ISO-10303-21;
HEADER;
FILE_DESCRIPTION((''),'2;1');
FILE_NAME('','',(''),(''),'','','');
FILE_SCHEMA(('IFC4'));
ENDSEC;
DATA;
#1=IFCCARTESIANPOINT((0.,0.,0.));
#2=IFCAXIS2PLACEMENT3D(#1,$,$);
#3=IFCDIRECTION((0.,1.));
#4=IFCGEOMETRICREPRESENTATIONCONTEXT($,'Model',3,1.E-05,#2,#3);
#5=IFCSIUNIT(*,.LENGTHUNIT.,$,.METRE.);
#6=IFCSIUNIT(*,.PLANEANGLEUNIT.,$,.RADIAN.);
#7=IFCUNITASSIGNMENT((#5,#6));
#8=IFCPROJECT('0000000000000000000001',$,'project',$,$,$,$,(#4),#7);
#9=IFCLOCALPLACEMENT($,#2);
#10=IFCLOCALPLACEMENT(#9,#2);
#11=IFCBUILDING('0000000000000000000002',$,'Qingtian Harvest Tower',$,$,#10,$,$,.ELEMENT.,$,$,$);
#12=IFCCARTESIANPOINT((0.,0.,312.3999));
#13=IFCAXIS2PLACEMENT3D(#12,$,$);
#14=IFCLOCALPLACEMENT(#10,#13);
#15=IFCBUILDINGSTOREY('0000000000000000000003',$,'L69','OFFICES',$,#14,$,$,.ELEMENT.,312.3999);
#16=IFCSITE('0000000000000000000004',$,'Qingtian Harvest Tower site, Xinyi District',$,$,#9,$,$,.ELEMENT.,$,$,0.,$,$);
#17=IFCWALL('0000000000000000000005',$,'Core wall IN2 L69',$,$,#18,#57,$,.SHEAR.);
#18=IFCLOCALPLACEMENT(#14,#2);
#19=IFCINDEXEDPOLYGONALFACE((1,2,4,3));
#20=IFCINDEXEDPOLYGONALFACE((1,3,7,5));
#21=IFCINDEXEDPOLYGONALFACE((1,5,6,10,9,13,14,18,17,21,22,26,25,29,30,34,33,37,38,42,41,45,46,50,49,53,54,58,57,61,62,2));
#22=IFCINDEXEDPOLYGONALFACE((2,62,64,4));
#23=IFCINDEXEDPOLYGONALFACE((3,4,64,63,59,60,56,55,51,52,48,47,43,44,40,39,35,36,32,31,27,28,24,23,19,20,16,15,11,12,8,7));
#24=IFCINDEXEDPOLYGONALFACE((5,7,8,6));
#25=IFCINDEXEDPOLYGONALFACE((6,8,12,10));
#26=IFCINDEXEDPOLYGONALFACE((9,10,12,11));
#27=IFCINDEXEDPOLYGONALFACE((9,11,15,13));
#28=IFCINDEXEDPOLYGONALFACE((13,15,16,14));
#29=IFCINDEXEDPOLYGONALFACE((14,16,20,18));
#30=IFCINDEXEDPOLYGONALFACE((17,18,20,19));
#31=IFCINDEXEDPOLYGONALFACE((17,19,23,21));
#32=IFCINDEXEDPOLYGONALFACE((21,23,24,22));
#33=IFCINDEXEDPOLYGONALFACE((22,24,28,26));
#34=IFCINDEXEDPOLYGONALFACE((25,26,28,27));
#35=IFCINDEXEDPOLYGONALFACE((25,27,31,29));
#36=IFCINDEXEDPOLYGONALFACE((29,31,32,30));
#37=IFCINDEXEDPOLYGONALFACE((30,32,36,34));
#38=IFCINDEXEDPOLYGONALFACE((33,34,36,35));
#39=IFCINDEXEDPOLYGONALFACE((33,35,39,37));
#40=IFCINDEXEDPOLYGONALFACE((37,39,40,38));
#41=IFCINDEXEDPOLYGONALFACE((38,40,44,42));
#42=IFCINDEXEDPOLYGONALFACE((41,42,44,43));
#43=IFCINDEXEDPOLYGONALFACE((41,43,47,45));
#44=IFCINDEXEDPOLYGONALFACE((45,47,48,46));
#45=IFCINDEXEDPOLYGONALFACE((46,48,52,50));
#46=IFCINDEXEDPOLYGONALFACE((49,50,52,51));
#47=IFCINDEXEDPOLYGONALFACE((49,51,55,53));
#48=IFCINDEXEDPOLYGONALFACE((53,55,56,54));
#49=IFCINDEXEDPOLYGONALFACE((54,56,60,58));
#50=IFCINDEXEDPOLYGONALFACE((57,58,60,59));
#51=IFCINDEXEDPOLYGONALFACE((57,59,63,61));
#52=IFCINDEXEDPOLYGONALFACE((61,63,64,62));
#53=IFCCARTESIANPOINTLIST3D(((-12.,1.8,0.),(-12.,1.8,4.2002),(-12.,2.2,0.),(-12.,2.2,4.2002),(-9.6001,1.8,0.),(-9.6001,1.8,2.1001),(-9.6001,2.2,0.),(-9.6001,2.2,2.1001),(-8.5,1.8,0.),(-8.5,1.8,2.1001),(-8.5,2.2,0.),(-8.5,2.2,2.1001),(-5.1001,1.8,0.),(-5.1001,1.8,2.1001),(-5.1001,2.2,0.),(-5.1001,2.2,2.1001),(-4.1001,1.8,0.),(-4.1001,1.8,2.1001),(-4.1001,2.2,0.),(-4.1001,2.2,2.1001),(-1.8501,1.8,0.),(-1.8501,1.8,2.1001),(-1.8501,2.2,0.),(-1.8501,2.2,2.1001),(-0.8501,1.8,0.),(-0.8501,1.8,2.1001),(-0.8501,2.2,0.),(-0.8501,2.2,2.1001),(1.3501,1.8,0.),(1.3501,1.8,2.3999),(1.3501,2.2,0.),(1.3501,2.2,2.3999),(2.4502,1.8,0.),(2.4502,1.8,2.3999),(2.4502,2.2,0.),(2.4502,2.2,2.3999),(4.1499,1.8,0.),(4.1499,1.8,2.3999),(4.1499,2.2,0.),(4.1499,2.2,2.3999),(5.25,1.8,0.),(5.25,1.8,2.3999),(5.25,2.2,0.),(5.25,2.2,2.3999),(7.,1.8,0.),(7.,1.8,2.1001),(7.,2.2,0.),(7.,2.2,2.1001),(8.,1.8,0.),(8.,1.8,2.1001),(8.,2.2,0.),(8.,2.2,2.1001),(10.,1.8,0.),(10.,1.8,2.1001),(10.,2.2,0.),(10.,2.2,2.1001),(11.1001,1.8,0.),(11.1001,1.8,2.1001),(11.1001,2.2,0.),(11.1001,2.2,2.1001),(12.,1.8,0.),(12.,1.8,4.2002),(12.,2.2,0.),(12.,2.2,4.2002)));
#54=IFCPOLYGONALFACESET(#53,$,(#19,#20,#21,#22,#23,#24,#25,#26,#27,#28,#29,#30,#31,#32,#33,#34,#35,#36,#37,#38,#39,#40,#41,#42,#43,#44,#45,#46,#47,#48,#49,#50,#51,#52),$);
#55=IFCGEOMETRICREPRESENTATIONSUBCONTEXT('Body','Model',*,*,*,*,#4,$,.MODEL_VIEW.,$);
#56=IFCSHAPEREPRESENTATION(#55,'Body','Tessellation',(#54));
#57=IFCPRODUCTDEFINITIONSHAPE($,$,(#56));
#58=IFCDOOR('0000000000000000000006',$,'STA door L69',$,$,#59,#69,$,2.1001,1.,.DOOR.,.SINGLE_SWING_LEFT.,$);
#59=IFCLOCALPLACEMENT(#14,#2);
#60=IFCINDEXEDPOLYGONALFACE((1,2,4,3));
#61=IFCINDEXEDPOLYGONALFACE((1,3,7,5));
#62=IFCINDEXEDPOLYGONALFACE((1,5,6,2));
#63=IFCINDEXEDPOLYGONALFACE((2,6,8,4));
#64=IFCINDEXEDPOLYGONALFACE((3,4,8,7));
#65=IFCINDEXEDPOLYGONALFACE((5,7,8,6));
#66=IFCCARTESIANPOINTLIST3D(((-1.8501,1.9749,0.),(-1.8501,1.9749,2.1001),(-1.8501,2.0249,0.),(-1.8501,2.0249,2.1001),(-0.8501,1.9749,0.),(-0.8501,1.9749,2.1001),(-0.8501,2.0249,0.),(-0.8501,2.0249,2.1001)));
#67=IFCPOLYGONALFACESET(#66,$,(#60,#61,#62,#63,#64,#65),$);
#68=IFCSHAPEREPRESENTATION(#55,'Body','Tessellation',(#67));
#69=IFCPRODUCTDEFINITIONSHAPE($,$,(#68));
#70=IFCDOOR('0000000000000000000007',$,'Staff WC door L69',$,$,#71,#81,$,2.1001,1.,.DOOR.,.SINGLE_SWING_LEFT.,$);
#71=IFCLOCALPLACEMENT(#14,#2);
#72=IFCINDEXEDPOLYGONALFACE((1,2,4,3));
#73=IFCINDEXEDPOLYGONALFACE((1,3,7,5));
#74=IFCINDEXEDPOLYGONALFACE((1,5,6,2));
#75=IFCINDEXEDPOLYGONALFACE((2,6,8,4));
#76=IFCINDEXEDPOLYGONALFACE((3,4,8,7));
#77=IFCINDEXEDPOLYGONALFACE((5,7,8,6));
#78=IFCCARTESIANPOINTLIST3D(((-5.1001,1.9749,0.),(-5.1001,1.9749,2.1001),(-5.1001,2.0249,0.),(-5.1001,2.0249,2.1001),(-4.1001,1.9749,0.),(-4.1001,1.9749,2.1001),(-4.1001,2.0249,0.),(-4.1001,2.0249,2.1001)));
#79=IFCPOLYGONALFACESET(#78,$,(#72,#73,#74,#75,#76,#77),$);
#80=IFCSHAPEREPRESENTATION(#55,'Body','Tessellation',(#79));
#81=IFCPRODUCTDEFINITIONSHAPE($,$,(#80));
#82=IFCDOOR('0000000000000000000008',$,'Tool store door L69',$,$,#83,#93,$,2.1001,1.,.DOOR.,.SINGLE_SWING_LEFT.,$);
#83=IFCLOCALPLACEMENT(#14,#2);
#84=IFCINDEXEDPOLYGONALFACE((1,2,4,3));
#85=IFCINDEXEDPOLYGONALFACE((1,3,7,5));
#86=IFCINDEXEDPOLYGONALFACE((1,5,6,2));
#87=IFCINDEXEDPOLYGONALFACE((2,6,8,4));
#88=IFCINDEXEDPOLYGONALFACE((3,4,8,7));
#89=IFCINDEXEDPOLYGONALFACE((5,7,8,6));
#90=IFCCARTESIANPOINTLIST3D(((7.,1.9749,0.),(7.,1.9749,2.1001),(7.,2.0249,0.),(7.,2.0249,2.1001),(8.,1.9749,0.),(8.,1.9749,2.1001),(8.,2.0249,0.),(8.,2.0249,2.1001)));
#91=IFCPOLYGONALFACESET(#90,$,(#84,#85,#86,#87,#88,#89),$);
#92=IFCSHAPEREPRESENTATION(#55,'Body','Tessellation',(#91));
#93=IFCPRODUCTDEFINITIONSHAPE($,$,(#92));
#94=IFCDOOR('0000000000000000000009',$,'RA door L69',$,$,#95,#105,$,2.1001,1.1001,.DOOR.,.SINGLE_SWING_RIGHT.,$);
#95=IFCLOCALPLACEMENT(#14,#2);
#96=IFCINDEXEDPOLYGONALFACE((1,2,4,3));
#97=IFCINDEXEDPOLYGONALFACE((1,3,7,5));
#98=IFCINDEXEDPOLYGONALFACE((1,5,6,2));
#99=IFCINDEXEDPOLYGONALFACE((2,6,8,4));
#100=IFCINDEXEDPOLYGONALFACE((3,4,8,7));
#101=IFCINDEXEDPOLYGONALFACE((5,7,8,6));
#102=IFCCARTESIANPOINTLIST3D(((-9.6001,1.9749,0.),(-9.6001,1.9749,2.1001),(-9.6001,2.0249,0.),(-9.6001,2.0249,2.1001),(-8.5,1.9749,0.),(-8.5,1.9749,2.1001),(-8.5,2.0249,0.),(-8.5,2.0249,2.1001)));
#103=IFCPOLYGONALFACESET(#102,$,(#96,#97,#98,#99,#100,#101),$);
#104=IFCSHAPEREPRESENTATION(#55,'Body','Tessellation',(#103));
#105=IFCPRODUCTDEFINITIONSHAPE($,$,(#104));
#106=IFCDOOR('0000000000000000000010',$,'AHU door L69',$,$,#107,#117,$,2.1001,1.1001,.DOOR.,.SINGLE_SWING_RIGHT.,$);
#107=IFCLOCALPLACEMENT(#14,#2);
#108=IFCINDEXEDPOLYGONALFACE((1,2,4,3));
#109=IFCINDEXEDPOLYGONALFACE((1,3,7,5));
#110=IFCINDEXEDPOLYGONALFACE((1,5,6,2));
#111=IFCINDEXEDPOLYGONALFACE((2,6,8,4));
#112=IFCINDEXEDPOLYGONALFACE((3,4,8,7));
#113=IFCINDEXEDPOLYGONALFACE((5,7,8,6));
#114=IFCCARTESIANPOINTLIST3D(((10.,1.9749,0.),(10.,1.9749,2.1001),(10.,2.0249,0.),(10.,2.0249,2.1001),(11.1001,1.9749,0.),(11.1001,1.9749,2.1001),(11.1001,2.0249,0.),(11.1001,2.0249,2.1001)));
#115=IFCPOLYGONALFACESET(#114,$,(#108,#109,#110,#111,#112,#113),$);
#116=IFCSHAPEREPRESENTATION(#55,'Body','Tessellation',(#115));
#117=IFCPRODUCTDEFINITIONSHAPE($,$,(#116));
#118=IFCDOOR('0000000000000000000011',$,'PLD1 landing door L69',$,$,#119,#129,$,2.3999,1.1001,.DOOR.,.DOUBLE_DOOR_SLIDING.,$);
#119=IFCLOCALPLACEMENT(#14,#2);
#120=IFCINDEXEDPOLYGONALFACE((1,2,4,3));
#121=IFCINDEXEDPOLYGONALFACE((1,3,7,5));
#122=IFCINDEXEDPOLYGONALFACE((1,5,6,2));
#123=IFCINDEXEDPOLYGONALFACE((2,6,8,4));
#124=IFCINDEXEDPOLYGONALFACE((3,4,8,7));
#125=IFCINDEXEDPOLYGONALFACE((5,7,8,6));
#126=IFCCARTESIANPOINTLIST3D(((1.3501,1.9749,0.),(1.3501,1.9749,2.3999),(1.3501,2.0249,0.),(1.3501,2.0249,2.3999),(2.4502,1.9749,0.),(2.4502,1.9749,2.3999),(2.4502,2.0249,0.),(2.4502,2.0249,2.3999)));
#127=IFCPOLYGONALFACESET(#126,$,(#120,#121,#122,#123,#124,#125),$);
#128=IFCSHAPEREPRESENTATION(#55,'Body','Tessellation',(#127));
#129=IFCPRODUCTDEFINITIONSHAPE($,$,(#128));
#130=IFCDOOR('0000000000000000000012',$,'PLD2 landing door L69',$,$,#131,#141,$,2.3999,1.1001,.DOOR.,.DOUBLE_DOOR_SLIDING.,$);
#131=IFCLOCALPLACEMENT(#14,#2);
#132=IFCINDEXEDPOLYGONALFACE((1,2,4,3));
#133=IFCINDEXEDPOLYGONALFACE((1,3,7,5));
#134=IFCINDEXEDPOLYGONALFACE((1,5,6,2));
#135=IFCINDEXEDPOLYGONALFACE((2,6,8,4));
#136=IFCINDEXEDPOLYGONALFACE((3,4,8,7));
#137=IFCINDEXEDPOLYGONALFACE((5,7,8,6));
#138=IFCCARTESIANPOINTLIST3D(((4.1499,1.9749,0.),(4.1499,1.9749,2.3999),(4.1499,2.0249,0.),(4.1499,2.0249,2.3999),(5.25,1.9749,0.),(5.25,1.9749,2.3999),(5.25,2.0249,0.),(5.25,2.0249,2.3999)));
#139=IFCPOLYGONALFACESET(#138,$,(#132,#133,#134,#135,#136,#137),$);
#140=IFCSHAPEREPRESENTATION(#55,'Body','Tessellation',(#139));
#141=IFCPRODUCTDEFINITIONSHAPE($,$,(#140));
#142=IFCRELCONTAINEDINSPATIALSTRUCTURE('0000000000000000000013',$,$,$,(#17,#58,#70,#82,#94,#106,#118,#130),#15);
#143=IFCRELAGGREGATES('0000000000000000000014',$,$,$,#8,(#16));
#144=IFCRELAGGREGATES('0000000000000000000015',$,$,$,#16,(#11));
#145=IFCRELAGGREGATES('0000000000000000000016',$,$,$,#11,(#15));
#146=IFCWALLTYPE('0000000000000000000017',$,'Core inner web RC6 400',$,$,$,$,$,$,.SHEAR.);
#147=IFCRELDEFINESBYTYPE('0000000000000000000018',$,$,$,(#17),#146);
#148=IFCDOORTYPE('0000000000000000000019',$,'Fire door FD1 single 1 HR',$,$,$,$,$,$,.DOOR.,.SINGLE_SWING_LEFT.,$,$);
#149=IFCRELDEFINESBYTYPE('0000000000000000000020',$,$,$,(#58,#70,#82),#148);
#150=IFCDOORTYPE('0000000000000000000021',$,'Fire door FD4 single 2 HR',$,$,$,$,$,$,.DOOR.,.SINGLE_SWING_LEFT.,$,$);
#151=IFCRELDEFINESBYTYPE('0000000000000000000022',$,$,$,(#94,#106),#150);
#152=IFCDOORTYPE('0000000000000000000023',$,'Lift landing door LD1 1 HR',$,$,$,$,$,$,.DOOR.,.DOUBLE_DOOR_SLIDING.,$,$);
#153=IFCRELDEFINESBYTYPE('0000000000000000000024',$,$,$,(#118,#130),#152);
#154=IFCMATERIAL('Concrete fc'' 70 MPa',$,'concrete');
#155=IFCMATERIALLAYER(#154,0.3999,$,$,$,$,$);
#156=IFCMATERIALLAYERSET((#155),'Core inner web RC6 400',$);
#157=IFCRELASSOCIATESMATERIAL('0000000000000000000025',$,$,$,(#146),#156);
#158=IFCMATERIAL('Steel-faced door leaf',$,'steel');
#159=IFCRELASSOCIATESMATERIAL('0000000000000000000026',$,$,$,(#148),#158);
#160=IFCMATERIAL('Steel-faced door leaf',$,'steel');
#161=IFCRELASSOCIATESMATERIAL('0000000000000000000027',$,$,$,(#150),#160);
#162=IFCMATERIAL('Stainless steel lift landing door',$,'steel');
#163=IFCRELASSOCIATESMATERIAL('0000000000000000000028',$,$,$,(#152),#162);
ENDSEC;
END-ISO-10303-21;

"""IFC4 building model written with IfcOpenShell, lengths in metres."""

from ifc_helpers import new_model, si_unit, direction, frame, frame_2d, origin, place, context, subcontext, project, spatial, rectangle, extrude, material, layer, layer_set, type_object, element, fill, save


model = new_model("IFC4")

# Units and contexts
model_context = context("Model", 3, precision=1e-05, world=origin(), true_north=direction((0.0, 1.0)))
body_context = subcontext(model_context, "Body", "Model", "MODEL_VIEW")
ifc_project = project(units=[si_unit("LENGTHUNIT", "METRE"), si_unit("PLANEANGLEUNIT", "RADIAN")], contexts=[model_context])

# Site, building, storey
site_placement = place(None, origin())
site = spatial("IfcSite", under=ifc_project, at=site_placement, Name="Qingtian Harvest Tower site, Xinyi District", CompositionType="ELEMENT", RefElevation=0.0)
building_placement = place(site_placement, origin())
building = spatial("IfcBuilding", under=site, at=building_placement, Name="Qingtian Harvest Tower", CompositionType="ELEMENT")
storey_placement = place(building_placement, frame((0.0, 0.0, 312.3999)))
storey = spatial("IfcBuildingStorey", under=building, at=storey_placement, Name="L69", Description="OFFICES", CompositionType="ELEMENT", Elevation=312.3999)

# Wall, openings, doors
ifc_material_1 = material(Name="Concrete fc' 70 MPa", Category="concrete")
ifc_layer_1 = layer(ifc_material_1, 0.3999)
ifc_layer_set_1 = layer_set([ifc_layer_1], Name="Core inner web RC6 400")
wall_type = type_object("IfcWallType", Name="Core inner web RC6 400", PredefinedType="SHEAR", material=ifc_layer_set_1)
wall_placement = place(storey_placement, frame((-12.0, 2.0, 0.0), z_axis=(0.0, 0.0, 1.0), x_axis=(1.0, 0.0, 0.0)))
wall = element("IfcWall", 1, at=wall_placement, inside=storey, type_object=wall_type, Name="Core wall IN2 L69", PredefinedType="SHEAR", context=body_context, shape_type="SweptSolid", body=[
    extrude(rectangle(XDim=24.0, YDim=0.3999, at=frame_2d((12.0, 0.0))), origin(), (0.0, 0.0, 1.0), 4.2002),
])
opening_1_placement = place(wall_placement, frame((2.3999, 0.0, 0.0)))
opening_1 = element("IfcOpeningElement", 2, at=opening_1_placement, cuts=wall, PredefinedType="OPENING", context=body_context, shape_type="SweptSolid", body=[
    extrude(rectangle(XDim=1.1001, YDim=2.1001, at=frame_2d((0.55, 1.05))), frame((0.0, 0.21, 0.0), z_axis=(0.0, -1.0, 0.0), x_axis=(1.0, 0.0, 0.0)), (0.0, 0.0, 1.0), 0.4199),
])
opening_2_placement = place(wall_placement, frame((22.0, 0.0, 0.0)))
opening_2 = element("IfcOpeningElement", 3, at=opening_2_placement, cuts=wall, PredefinedType="OPENING", context=body_context, shape_type="SweptSolid", body=[
    extrude(rectangle(XDim=1.1001, YDim=2.1001, at=frame_2d((0.55, 1.05))), frame((0.0, 0.21, 0.0), z_axis=(0.0, -1.0, 0.0), x_axis=(1.0, 0.0, 0.0)), (0.0, 0.0, 1.0), 0.4199),
])
opening_3_placement = place(wall_placement, frame((10.1499, 0.0, 0.0)))
opening_3 = element("IfcOpeningElement", 4, at=opening_3_placement, cuts=wall, PredefinedType="OPENING", context=body_context, shape_type="SweptSolid", body=[
    extrude(rectangle(XDim=1.0, YDim=2.1001, at=frame_2d((0.5, 1.05))), frame((0.0, 0.21, 0.0), z_axis=(0.0, -1.0, 0.0), x_axis=(1.0, 0.0, 0.0)), (0.0, 0.0, 1.0), 0.4199),
])
opening_4_placement = place(wall_placement, frame((6.8999, 0.0, 0.0)))
opening_4 = element("IfcOpeningElement", 5, at=opening_4_placement, cuts=wall, PredefinedType="OPENING", context=body_context, shape_type="SweptSolid", body=[
    extrude(rectangle(XDim=1.0, YDim=2.1001, at=frame_2d((0.5, 1.05))), frame((0.0, 0.21, 0.0), z_axis=(0.0, -1.0, 0.0), x_axis=(1.0, 0.0, 0.0)), (0.0, 0.0, 1.0), 0.4199),
])
opening_5_placement = place(wall_placement, frame((13.3501, 0.0, 0.0)))
opening_5 = element("IfcOpeningElement", 6, at=opening_5_placement, cuts=wall, PredefinedType="OPENING", context=body_context, shape_type="SweptSolid", body=[
    extrude(rectangle(XDim=1.1001, YDim=2.3999, at=frame_2d((0.55, 1.2))), frame((0.0, 0.21, 0.0), z_axis=(0.0, -1.0, 0.0), x_axis=(1.0, 0.0, 0.0)), (0.0, 0.0, 1.0), 0.4199),
])
opening_6_placement = place(wall_placement, frame((16.1499, 0.0, 0.0)))
opening_6 = element("IfcOpeningElement", 7, at=opening_6_placement, cuts=wall, PredefinedType="OPENING", context=body_context, shape_type="SweptSolid", body=[
    extrude(rectangle(XDim=1.1001, YDim=2.3999, at=frame_2d((0.55, 1.2))), frame((0.0, 0.21, 0.0), z_axis=(0.0, -1.0, 0.0), x_axis=(1.0, 0.0, 0.0)), (0.0, 0.0, 1.0), 0.4199),
])
opening_7_placement = place(wall_placement, frame((19.0, 0.0, 0.0)))
opening_7 = element("IfcOpeningElement", 8, at=opening_7_placement, cuts=wall, PredefinedType="OPENING", context=body_context, shape_type="SweptSolid", body=[
    extrude(rectangle(XDim=1.0, YDim=2.1001, at=frame_2d((0.5, 1.05))), frame((0.0, 0.21, 0.0), z_axis=(0.0, -1.0, 0.0), x_axis=(1.0, 0.0, 0.0)), (0.0, 0.0, 1.0), 0.4199),
])
ifc_material_2 = material(Name="Steel-faced door leaf", Category="steel")
door_type_1 = type_object("IfcDoorType", Name="Fire door FD1 single 1 HR", OperationType="SINGLE_SWING_LEFT", PredefinedType="DOOR", material=ifc_material_2)
door_1_placement = place(opening_3_placement, origin())
door_1 = element("IfcDoor", 9, at=door_1_placement, inside=storey, type_object=door_type_1, Name="STA door L69", OperationType="SINGLE_SWING_LEFT", OverallHeight=2.1001, OverallWidth=1.0, PredefinedType="DOOR", context=body_context, shape_type="SweptSolid", body=[
    extrude(rectangle(XDim=1.0, YDim=2.1001, at=frame_2d((0.5, 1.05))), frame((0.0, 0.0249, 0.0), z_axis=(0.0, -1.0, 0.0), x_axis=(1.0, 0.0, 0.0)), (0.0, 0.0, 1.0), 0.05),
])
fill(opening_3, door_1)
door_2_placement = place(opening_4_placement, origin())
door_2 = element("IfcDoor", 10, at=door_2_placement, inside=storey, type_object=door_type_1, Name="Staff WC door L69", OperationType="SINGLE_SWING_LEFT", OverallHeight=2.1001, OverallWidth=1.0, PredefinedType="DOOR", context=body_context, shape_type="SweptSolid", body=[
    extrude(rectangle(XDim=1.0, YDim=2.1001, at=frame_2d((0.5, 1.05))), frame((0.0, 0.0249, 0.0), z_axis=(0.0, -1.0, 0.0), x_axis=(1.0, 0.0, 0.0)), (0.0, 0.0, 1.0), 0.05),
])
fill(opening_4, door_2)
door_3_placement = place(opening_7_placement, origin())
door_3 = element("IfcDoor", 11, at=door_3_placement, inside=storey, type_object=door_type_1, Name="Tool store door L69", OperationType="SINGLE_SWING_LEFT", OverallHeight=2.1001, OverallWidth=1.0, PredefinedType="DOOR", context=body_context, shape_type="SweptSolid", body=[
    extrude(rectangle(XDim=1.0, YDim=2.1001, at=frame_2d((0.5, 1.05))), frame((0.0, 0.0249, 0.0), z_axis=(0.0, -1.0, 0.0), x_axis=(1.0, 0.0, 0.0)), (0.0, 0.0, 1.0), 0.05),
])
fill(opening_7, door_3)
ifc_material_3 = material(Name="Steel-faced door leaf", Category="steel")
door_type_2 = type_object("IfcDoorType", Name="Fire door FD4 single 2 HR", OperationType="SINGLE_SWING_LEFT", PredefinedType="DOOR", material=ifc_material_3)
door_4_placement = place(opening_1_placement, origin())
door_4 = element("IfcDoor", 12, at=door_4_placement, inside=storey, type_object=door_type_2, Name="RA door L69", OperationType="SINGLE_SWING_RIGHT", OverallHeight=2.1001, OverallWidth=1.1001, PredefinedType="DOOR", context=body_context, shape_type="SweptSolid", body=[
    extrude(rectangle(XDim=1.1001, YDim=2.1001, at=frame_2d((0.55, 1.05))), frame((0.0, 0.0249, 0.0), z_axis=(0.0, -1.0, 0.0), x_axis=(1.0, 0.0, 0.0)), (0.0, 0.0, 1.0), 0.05),
])
fill(opening_1, door_4)
door_5_placement = place(opening_2_placement, origin())
door_5 = element("IfcDoor", 13, at=door_5_placement, inside=storey, type_object=door_type_2, Name="AHU door L69", OperationType="SINGLE_SWING_RIGHT", OverallHeight=2.1001, OverallWidth=1.1001, PredefinedType="DOOR", context=body_context, shape_type="SweptSolid", body=[
    extrude(rectangle(XDim=1.1001, YDim=2.1001, at=frame_2d((0.55, 1.05))), frame((0.0, 0.0249, 0.0), z_axis=(0.0, -1.0, 0.0), x_axis=(1.0, 0.0, 0.0)), (0.0, 0.0, 1.0), 0.05),
])
fill(opening_2, door_5)
ifc_material_4 = material(Name="Stainless steel lift landing door", Category="steel")
door_type_3 = type_object("IfcDoorType", Name="Lift landing door LD1 1 HR", OperationType="DOUBLE_DOOR_SLIDING", PredefinedType="DOOR", material=ifc_material_4)
door_6_placement = place(opening_5_placement, origin())
door_6 = element("IfcDoor", 14, at=door_6_placement, inside=storey, type_object=door_type_3, Name="PLD1 landing door L69", OperationType="DOUBLE_DOOR_SLIDING", OverallHeight=2.3999, OverallWidth=1.1001, PredefinedType="DOOR", context=body_context, shape_type="SweptSolid", body=[
    extrude(rectangle(XDim=1.1001, YDim=2.3999, at=frame_2d((0.55, 1.2))), frame((0.0, 0.0249, 0.0), z_axis=(0.0, -1.0, 0.0), x_axis=(1.0, 0.0, 0.0)), (0.0, 0.0, 1.0), 0.05),
])
fill(opening_5, door_6)
door_7_placement = place(opening_6_placement, origin())
door_7 = element("IfcDoor", 15, at=door_7_placement, inside=storey, type_object=door_type_3, Name="PLD2 landing door L69", OperationType="DOUBLE_DOOR_SLIDING", OverallHeight=2.3999, OverallWidth=1.1001, PredefinedType="DOOR", context=body_context, shape_type="SweptSolid", body=[
    extrude(rectangle(XDim=1.1001, YDim=2.3999, at=frame_2d((0.55, 1.2))), frame((0.0, 0.0249, 0.0), z_axis=(0.0, -1.0, 0.0), x_axis=(1.0, 0.0, 0.0)), (0.0, 0.0, 1.0), 0.05),
])
fill(opening_6, door_7)

save(model, "model.ifc")
